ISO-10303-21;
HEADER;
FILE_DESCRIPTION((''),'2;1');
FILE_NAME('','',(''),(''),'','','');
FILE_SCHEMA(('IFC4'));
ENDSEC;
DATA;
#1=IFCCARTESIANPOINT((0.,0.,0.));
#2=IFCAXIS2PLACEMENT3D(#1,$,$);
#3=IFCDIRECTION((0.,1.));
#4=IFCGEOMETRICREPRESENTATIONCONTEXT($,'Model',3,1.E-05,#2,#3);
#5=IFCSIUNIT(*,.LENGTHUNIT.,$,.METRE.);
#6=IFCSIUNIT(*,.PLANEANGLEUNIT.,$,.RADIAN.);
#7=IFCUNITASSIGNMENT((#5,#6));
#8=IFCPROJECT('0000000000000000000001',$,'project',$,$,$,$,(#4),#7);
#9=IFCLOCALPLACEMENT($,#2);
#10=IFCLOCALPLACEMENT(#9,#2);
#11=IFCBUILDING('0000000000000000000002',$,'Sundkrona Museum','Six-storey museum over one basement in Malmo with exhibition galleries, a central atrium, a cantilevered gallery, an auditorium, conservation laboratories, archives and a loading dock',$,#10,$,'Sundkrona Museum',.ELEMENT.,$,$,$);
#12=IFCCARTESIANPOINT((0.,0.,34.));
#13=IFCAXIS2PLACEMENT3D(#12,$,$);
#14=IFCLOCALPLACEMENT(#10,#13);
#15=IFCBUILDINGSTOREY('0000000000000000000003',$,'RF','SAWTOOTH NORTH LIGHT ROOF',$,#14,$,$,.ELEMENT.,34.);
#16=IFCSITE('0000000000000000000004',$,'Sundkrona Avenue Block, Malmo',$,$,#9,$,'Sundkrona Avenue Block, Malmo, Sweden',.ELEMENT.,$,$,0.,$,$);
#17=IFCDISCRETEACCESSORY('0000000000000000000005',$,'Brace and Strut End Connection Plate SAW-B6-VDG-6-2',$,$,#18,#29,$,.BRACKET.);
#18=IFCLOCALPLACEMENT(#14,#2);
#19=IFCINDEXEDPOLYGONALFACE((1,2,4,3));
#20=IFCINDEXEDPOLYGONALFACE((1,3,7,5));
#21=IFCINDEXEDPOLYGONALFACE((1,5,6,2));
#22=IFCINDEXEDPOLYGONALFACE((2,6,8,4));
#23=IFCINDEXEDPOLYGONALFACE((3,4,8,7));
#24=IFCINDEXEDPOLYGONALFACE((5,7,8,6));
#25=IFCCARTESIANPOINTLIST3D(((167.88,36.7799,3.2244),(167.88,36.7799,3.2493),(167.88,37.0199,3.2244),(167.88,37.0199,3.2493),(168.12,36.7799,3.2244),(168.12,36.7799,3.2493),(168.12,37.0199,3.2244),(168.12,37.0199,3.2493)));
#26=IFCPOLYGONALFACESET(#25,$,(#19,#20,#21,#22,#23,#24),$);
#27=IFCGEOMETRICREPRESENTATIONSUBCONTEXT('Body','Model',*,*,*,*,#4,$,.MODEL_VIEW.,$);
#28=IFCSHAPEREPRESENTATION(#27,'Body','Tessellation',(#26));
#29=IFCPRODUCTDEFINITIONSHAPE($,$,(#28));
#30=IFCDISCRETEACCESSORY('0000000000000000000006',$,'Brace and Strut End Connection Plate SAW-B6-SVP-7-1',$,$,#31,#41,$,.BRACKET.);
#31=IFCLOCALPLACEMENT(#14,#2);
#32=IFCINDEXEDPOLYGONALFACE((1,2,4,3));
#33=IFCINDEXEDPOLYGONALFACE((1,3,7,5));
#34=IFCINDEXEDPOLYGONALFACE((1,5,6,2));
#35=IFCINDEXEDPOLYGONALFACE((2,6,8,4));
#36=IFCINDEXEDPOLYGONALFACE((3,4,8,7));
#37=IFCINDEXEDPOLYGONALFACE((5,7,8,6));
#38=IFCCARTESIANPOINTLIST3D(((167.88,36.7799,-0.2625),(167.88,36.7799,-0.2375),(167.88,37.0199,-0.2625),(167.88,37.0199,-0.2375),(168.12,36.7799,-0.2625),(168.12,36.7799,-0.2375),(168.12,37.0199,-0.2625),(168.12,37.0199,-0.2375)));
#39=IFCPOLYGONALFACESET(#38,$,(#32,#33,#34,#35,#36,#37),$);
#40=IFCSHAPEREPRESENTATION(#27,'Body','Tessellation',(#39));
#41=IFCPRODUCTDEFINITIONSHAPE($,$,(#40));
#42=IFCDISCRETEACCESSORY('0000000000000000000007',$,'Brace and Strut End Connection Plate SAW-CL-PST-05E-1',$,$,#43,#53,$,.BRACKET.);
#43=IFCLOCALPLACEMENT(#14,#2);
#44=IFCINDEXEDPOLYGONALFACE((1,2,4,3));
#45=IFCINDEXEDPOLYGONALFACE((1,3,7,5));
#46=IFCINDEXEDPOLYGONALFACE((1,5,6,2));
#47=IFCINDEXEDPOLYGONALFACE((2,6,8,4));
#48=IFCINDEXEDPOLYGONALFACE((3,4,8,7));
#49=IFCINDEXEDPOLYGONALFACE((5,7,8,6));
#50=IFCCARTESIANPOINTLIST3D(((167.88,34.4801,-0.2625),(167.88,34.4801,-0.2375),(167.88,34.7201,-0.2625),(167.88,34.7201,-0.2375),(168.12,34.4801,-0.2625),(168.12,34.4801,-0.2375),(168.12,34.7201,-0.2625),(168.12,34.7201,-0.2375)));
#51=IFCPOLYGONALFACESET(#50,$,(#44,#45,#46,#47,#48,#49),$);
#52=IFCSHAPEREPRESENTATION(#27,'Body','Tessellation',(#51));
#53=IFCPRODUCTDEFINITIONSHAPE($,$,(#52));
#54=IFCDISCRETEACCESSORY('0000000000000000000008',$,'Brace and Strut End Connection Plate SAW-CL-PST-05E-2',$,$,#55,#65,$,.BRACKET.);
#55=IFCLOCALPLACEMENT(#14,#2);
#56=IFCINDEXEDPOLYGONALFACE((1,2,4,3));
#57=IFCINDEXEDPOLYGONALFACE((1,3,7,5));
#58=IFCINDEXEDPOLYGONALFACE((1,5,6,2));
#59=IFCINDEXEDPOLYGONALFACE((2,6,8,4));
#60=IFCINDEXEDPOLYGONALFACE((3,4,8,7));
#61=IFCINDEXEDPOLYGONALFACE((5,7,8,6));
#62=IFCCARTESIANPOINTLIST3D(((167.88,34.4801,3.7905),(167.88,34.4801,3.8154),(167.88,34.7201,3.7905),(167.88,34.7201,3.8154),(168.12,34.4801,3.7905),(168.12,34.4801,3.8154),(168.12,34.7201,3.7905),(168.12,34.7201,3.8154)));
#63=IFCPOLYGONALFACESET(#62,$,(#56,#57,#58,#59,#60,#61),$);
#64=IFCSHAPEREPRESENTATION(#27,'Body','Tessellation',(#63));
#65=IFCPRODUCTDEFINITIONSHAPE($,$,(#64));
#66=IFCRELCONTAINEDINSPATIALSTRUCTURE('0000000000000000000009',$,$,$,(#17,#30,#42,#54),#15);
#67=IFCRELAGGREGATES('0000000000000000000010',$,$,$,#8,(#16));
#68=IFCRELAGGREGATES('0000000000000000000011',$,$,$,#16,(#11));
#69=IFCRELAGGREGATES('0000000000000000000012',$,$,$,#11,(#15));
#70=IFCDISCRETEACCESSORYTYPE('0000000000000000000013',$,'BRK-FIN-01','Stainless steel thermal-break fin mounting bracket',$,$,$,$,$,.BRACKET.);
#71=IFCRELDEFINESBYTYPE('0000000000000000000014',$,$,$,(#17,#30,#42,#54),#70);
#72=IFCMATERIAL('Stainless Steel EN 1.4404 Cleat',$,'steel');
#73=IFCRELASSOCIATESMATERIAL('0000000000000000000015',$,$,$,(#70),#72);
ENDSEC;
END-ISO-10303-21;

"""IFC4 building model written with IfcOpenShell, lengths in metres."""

from ifc_helpers import new_model, si_unit, direction, frame, origin, origin_2d, place, context, subcontext, project, spatial, rectangle, extrude, material, type_object, element, save


model = new_model("IFC4")

# Units and contexts
model_context = context("Model", 3, precision=1e-05, world=origin(), true_north=direction((0.0, 1.0)))
body_context = subcontext(model_context, "Body", "Model", "MODEL_VIEW")
ifc_project = project(units=[si_unit("LENGTHUNIT", "METRE"), si_unit("PLANEANGLEUNIT", "RADIAN")], contexts=[model_context])

# Site, building, storey
site_placement = place(None, origin())
site = spatial("IfcSite", under=ifc_project, at=site_placement, Name="Sundkrona Avenue Block, Malmo", LongName="Sundkrona Avenue Block, Malmo, Sweden", CompositionType="ELEMENT", RefElevation=0.0)
building_placement = place(site_placement, origin())
building = spatial("IfcBuilding", under=site, at=building_placement, Name="Sundkrona Museum", Description="Six-storey museum over one basement in Malmo with exhibition galleries, a central atrium, a cantilevered gallery, an auditorium, conservation laboratories, archives and a loading dock", LongName="Sundkrona Museum", CompositionType="ELEMENT")
storey_placement = place(building_placement, frame((0.0, 0.0, 34.0)))
storey = spatial("IfcBuildingStorey", under=building, at=storey_placement, Name="RF", Description="SAWTOOTH NORTH LIGHT ROOF", CompositionType="ELEMENT", Elevation=34.0)

# Discrete accessories
ifc_material_1 = material(Name="Stainless Steel EN 1.4404 Cleat", Category="steel")
discrete_accessory_type = type_object("IfcDiscreteAccessoryType", Name="BRK-FIN-01", Description="Stainless steel thermal-break fin mounting bracket", PredefinedType="BRACKET", material=ifc_material_1)
for number, where, z_axis, x_axis, name in (
    (1, (168.0, 36.8999, 3.2244), (0.0, 0.0, 1.0), (1.0, 0.0, 0.0), "Brace and Strut End Connection Plate SAW-B6-VDG-6-2"),
    (2, (168.0, 36.8999, -0.2625), (0.0, 0.0, 1.0), (1.0, 0.0, 0.0), "Brace and Strut End Connection Plate SAW-B6-SVP-7-1"),
    (3, (168.0, 34.6001, -0.2625), (0.0, 0.0, 1.0), (1.0, 0.0, 0.0), "Brace and Strut End Connection Plate SAW-CL-PST-05E-1"),
    (4, (168.0, 34.6001, 3.7905), (0.0, 0.0, 1.0), (1.0, 0.0, 0.0), "Brace and Strut End Connection Plate SAW-CL-PST-05E-2"),
):
    element("IfcDiscreteAccessory", number, at=place(storey_placement, frame(where, z_axis=z_axis, x_axis=x_axis)), inside=storey, type_object=discrete_accessory_type, Name=name, PredefinedType="BRACKET", context=body_context, shape_type="SweptSolid", body=[
        extrude(rectangle(XDim=0.24, YDim=0.24, at=origin_2d()), origin(), (0.0, 0.0, 1.0), 0.0249),
    ])

save(model, "model.ifc")
